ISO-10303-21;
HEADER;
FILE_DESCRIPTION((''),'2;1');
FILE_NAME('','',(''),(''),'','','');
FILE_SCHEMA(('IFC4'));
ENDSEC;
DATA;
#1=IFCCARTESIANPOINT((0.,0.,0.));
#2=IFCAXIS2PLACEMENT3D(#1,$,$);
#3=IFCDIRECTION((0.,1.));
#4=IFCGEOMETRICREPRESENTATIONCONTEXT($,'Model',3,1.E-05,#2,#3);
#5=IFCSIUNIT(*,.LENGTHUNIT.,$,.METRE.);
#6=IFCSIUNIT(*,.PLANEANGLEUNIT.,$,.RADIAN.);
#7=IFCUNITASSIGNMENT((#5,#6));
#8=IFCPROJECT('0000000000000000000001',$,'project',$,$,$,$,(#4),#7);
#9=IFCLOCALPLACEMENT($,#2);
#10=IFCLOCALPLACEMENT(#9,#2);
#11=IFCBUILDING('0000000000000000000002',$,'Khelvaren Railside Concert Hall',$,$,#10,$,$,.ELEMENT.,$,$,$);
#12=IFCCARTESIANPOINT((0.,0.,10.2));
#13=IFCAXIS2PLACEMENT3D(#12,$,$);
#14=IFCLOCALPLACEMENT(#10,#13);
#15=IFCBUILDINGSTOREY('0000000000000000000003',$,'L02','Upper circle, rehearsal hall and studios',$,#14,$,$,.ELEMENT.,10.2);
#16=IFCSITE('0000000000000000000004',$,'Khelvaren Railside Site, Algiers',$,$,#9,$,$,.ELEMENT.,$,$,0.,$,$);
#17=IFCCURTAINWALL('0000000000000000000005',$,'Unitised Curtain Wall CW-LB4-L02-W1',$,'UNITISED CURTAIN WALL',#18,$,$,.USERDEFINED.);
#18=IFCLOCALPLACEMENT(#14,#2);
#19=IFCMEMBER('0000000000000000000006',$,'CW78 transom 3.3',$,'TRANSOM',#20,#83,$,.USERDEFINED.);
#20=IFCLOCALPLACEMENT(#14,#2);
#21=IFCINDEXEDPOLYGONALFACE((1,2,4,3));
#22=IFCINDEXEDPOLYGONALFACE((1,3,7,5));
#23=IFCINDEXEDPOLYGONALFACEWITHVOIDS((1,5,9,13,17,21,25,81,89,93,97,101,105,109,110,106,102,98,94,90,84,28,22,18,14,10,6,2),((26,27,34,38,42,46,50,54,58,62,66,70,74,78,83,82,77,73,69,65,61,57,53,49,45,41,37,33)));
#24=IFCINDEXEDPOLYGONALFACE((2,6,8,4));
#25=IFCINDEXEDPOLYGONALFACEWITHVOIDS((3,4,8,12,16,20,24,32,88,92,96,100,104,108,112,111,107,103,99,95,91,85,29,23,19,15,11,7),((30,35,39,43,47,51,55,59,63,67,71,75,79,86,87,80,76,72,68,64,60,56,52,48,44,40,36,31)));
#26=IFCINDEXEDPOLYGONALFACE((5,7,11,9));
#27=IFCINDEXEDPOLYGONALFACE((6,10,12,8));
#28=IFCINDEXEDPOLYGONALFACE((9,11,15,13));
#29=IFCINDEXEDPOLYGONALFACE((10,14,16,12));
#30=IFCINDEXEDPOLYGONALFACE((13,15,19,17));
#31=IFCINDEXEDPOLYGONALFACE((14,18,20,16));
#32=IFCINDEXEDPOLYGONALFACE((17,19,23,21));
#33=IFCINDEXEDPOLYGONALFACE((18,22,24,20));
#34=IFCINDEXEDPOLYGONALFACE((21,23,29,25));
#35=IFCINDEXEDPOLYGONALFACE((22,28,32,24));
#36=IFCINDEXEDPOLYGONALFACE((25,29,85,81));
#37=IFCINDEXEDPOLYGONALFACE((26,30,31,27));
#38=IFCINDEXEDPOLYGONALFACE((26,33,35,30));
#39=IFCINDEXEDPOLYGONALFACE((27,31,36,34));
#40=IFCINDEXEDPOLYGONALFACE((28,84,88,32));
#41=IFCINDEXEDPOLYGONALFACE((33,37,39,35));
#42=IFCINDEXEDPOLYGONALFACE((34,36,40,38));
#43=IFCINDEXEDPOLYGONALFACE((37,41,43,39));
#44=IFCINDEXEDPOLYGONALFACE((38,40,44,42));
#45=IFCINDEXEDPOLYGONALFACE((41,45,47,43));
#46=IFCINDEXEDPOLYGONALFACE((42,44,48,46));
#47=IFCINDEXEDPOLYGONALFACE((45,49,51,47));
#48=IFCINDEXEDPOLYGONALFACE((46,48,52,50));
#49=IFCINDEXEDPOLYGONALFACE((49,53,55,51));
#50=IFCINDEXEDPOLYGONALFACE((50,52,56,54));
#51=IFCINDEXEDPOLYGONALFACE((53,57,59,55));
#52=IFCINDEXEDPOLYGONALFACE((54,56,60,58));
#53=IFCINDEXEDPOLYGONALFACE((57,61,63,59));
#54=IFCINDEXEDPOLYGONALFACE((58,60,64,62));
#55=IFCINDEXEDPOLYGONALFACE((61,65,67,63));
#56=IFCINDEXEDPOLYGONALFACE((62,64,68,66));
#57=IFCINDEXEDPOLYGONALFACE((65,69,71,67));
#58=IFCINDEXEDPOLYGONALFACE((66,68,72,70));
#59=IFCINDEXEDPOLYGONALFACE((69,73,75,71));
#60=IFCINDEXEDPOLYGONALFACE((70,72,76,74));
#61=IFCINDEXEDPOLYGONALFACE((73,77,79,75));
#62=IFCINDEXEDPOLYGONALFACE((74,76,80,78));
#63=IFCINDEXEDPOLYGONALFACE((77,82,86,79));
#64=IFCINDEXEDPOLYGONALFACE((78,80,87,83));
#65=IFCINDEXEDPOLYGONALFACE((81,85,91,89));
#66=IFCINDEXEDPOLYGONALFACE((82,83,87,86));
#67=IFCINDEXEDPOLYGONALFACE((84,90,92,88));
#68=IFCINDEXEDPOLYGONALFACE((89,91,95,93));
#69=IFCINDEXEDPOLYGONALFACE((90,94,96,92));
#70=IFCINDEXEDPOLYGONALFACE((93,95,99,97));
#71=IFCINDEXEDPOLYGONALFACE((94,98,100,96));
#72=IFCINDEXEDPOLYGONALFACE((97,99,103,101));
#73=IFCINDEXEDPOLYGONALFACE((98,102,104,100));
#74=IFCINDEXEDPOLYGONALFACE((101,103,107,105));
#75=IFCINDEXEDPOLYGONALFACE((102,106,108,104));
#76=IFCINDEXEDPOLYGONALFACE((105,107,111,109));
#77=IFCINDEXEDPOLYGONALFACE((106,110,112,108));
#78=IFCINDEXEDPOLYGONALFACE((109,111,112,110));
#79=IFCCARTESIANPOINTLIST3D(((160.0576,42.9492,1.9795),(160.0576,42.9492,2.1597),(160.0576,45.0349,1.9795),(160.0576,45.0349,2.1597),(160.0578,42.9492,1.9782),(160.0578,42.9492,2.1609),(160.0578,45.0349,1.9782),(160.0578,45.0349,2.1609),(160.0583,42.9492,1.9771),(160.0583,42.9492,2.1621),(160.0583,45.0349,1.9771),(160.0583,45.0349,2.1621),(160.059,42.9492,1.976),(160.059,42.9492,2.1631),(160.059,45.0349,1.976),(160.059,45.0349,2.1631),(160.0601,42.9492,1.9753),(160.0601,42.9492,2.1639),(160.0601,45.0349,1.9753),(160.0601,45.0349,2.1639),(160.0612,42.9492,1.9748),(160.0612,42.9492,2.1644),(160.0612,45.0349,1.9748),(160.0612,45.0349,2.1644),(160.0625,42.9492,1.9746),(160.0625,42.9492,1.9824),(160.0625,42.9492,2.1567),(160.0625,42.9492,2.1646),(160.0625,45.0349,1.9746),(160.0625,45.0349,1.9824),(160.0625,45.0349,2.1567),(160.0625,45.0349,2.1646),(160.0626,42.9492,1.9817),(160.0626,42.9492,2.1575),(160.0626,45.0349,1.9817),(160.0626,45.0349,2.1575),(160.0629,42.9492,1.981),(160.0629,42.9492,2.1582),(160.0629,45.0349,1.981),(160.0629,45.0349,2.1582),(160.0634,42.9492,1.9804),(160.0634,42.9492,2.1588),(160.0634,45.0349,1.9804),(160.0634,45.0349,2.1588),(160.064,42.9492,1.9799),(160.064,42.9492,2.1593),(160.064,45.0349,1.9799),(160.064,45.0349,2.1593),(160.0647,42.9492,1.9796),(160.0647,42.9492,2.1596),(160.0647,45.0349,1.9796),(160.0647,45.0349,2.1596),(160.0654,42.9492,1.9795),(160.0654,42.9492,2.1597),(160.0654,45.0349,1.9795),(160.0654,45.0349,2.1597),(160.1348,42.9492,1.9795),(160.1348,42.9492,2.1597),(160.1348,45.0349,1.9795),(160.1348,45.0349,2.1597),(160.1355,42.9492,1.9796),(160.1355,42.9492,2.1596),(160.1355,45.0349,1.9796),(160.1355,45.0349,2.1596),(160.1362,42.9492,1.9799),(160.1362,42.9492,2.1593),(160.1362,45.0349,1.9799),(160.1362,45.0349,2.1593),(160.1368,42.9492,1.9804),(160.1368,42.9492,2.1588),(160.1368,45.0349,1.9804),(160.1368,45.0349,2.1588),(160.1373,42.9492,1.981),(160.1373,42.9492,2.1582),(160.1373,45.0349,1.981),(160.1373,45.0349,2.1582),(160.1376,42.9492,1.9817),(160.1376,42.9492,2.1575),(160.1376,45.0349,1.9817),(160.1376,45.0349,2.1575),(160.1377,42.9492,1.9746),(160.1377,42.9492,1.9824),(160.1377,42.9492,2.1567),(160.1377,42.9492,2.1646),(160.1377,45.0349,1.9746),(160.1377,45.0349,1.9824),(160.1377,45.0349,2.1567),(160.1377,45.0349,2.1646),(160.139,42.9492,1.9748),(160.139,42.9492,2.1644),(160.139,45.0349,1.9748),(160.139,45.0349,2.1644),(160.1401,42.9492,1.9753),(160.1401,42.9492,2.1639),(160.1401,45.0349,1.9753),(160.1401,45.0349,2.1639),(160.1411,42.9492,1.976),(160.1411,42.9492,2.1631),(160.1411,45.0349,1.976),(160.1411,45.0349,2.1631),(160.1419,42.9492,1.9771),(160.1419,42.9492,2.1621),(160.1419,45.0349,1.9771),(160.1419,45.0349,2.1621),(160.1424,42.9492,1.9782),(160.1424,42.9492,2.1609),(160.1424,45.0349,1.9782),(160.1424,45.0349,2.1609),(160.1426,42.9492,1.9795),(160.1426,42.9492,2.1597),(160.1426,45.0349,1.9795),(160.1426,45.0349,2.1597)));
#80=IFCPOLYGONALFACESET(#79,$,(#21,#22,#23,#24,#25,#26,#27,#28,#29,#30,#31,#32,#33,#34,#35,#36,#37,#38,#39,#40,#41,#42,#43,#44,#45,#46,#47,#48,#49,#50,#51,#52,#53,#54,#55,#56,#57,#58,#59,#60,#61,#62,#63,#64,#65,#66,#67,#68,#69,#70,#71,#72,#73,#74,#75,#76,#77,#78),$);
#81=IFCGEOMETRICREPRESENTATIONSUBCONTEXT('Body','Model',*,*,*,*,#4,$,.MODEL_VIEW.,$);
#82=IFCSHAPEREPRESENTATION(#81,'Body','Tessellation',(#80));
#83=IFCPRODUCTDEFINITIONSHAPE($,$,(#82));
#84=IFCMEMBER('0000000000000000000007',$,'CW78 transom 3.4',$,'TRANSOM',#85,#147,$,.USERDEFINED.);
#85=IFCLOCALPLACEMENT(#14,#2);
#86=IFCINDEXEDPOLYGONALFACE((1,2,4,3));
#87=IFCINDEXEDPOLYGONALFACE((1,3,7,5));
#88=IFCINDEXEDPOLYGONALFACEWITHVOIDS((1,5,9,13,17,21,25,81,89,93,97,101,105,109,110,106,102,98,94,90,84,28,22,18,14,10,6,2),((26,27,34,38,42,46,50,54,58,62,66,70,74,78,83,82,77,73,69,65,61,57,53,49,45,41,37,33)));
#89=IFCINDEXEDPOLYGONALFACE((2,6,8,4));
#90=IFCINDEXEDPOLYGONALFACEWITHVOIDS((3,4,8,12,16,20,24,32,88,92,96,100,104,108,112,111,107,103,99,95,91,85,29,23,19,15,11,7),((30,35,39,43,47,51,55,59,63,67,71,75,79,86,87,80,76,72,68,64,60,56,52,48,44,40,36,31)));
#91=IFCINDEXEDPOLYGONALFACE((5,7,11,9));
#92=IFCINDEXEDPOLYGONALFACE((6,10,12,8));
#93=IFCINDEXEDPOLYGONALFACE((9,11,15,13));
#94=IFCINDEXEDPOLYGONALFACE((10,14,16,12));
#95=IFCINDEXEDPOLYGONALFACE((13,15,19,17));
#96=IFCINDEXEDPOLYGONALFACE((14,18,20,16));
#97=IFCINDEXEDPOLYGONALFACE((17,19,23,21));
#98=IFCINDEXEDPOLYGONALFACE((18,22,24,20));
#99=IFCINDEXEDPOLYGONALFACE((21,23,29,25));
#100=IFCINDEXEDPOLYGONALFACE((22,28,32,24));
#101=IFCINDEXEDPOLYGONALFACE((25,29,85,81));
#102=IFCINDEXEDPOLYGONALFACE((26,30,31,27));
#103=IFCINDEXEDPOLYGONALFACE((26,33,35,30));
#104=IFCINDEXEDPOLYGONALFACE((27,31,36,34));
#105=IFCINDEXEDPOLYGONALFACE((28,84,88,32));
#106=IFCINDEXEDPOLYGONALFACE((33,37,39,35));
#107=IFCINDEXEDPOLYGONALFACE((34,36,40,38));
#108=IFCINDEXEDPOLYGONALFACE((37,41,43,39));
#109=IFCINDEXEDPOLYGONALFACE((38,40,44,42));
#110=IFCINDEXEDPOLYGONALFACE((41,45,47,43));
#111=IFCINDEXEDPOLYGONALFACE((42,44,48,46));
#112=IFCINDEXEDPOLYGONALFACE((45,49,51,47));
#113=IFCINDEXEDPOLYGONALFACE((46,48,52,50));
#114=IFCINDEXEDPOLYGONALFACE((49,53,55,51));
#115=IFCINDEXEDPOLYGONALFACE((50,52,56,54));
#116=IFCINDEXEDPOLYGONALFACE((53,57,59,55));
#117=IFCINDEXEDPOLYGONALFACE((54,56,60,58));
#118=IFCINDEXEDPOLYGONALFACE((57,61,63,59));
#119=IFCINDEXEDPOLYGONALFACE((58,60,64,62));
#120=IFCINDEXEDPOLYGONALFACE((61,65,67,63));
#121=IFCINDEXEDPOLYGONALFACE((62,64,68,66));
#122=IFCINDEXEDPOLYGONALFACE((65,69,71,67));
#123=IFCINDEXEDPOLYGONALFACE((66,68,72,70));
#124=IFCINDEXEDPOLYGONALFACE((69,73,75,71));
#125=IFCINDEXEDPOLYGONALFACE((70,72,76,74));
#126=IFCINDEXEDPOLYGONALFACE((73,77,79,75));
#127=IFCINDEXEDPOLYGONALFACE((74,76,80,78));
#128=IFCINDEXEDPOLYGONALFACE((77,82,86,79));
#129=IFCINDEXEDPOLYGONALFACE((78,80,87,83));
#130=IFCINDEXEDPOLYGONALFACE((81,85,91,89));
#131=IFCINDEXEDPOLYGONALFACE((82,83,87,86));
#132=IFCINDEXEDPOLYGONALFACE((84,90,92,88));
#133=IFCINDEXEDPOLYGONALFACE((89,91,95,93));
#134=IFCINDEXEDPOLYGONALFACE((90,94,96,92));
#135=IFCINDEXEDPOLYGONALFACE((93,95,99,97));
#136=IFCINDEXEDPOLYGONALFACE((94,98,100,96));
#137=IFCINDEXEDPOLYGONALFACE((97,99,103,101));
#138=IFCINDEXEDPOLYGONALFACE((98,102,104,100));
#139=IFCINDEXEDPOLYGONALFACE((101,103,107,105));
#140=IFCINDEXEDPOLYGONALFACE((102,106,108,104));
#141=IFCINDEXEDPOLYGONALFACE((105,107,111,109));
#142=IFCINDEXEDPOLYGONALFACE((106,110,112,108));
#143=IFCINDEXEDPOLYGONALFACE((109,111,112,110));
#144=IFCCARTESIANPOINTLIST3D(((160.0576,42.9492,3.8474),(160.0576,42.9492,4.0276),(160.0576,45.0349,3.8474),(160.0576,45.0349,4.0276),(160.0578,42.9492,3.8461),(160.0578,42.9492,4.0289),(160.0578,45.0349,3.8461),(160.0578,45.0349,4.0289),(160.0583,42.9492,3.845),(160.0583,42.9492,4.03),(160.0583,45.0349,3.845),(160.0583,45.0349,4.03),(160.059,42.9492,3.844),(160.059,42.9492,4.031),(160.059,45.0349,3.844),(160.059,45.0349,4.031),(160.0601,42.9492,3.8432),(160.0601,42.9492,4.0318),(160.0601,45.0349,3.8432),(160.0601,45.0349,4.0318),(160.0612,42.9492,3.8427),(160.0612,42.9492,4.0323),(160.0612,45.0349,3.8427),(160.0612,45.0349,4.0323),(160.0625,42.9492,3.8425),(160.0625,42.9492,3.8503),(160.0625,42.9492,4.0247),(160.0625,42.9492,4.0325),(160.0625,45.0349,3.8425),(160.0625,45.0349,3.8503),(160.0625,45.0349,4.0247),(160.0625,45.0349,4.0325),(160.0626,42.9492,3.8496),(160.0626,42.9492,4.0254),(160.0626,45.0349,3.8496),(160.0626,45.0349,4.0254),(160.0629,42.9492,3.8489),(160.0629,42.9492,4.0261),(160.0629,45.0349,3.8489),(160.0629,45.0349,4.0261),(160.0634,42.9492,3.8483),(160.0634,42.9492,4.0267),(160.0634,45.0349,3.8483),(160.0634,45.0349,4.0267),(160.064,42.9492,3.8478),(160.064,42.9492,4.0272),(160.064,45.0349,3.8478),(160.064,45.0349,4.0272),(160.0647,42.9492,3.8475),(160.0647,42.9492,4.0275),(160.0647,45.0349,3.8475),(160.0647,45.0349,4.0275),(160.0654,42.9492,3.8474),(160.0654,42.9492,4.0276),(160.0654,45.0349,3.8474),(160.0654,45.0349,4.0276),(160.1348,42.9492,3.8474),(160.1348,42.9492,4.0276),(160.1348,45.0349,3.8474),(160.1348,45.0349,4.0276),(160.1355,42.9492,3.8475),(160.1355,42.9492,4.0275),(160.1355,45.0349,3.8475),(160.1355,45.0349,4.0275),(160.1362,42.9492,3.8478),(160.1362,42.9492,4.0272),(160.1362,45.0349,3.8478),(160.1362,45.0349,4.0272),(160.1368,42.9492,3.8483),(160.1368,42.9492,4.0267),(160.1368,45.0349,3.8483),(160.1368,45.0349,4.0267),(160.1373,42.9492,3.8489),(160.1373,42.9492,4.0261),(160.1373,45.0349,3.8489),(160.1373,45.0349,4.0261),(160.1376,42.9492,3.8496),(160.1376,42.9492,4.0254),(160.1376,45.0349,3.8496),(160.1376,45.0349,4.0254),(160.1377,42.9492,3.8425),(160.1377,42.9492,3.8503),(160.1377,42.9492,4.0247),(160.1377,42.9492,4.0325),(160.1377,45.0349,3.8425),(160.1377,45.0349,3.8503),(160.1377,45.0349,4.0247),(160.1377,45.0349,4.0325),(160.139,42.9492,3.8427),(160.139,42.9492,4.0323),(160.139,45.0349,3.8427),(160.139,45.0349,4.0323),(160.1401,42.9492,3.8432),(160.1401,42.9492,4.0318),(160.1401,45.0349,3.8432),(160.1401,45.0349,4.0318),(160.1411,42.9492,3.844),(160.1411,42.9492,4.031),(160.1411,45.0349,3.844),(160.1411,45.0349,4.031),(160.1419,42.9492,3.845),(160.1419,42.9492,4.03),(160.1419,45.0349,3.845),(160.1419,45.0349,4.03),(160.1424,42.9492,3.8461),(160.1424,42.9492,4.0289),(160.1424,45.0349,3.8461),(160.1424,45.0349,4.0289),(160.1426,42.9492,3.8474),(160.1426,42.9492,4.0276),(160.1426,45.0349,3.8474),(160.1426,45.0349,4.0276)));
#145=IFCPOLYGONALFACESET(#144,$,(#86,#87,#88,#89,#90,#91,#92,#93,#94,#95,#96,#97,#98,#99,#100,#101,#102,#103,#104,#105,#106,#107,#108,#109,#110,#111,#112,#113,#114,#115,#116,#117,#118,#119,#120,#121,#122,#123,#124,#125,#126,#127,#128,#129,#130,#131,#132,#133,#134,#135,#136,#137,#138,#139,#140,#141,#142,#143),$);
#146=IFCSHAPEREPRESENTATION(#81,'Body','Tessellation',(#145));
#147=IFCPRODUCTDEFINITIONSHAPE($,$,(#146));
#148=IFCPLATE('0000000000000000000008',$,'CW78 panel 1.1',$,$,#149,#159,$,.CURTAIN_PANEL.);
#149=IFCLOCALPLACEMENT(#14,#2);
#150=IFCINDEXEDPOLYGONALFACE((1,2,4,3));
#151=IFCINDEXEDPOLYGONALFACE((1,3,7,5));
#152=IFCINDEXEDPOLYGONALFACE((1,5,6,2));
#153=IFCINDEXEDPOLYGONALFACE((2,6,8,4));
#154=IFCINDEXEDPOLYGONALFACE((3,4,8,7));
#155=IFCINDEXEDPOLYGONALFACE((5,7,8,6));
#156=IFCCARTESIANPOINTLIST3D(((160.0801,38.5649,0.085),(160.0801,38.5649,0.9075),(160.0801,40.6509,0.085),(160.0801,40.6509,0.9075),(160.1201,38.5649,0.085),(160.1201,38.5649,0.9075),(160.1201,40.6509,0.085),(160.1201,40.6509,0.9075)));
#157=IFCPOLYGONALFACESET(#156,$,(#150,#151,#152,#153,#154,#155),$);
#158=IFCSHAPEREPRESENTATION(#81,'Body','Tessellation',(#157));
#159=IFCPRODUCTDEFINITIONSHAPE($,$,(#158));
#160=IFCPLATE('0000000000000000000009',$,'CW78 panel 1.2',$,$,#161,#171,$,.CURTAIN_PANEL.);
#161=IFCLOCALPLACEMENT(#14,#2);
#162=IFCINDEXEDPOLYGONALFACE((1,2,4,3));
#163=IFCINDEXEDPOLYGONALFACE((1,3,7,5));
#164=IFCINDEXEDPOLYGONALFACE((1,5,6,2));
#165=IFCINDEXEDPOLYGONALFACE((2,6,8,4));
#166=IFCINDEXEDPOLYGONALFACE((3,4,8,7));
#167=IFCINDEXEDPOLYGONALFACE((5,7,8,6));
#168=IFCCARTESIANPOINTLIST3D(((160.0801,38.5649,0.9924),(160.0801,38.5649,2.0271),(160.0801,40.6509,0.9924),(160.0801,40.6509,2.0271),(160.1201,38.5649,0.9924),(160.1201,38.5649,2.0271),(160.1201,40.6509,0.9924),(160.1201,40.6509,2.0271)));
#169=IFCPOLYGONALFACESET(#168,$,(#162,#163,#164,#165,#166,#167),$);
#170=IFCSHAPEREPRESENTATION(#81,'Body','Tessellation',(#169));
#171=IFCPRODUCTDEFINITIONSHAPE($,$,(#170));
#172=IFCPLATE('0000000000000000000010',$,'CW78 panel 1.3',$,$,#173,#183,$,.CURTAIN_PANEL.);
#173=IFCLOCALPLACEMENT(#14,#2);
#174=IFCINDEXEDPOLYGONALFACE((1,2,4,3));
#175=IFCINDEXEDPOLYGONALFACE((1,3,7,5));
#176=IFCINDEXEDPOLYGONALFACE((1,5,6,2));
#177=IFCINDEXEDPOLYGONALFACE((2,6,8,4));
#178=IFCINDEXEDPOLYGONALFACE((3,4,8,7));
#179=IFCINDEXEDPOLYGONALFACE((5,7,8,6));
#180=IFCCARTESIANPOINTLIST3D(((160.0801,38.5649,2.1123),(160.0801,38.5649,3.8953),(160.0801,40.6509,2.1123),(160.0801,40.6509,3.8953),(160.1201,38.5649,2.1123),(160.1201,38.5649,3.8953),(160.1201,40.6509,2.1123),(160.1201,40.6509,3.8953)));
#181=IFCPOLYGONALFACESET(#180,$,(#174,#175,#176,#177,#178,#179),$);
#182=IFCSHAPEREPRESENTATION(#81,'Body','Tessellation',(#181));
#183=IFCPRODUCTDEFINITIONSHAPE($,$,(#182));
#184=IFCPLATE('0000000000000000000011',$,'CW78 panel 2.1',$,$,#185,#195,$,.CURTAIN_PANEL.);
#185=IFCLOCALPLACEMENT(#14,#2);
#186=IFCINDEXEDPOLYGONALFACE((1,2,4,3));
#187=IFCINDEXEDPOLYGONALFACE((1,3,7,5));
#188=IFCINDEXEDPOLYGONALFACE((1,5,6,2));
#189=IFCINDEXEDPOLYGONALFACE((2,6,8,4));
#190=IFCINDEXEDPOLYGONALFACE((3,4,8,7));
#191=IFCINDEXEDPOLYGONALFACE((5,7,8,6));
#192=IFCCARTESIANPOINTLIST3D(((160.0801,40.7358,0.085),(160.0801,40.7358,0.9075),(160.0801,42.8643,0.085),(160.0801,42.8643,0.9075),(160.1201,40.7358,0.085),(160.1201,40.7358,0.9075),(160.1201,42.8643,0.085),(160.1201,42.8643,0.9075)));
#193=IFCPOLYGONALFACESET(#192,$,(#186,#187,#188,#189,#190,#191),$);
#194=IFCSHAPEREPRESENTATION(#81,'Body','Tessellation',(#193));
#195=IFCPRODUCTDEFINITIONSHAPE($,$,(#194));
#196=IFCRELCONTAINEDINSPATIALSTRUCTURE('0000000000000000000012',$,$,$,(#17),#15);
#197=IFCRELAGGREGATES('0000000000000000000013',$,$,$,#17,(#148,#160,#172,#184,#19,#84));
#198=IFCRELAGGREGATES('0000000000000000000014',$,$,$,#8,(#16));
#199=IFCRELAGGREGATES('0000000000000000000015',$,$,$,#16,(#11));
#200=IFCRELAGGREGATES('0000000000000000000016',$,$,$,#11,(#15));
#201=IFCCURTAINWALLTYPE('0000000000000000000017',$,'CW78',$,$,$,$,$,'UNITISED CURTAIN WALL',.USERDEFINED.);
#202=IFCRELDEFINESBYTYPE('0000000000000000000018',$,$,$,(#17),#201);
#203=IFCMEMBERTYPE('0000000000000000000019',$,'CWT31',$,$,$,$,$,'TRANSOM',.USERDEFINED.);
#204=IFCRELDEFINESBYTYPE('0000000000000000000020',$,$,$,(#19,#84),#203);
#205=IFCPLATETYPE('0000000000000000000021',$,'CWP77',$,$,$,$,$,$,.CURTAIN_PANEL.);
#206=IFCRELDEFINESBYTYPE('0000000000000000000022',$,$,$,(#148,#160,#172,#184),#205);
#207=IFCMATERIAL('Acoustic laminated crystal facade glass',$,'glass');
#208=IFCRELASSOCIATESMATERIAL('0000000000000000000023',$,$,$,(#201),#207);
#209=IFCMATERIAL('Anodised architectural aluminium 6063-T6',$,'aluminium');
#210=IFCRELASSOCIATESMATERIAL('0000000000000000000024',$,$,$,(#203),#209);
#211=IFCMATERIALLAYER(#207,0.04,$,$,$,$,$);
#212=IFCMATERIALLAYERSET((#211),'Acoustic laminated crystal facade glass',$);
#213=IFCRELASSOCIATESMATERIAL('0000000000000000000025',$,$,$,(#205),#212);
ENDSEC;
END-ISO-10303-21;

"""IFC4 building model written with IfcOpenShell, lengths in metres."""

from ifc_helpers import new_model, si_unit, direction, frame, origin, origin_2d, place, context, subcontext, project, spatial, rectangle, hollow_rectangle, extrude, material, layer, layer_set, material_profile, profile_set, type_object, element, aggregate, save


model = new_model("IFC4")

# Units and contexts
model_context = context("Model", 3, precision=1e-05, world=origin(), true_north=direction((0.0, 1.0)))
body_context = subcontext(model_context, "Body", "Model", "MODEL_VIEW")
ifc_project = project(units=[si_unit("LENGTHUNIT", "METRE"), si_unit("PLANEANGLEUNIT", "RADIAN")], contexts=[model_context])

# Site, building, storey
site_placement = place(None, origin())
site = spatial("IfcSite", under=ifc_project, at=site_placement, Name="Khelvaren Railside Site, Algiers", CompositionType="ELEMENT", RefElevation=0.0)
building_placement = place(site_placement, origin())
building = spatial("IfcBuilding", under=site, at=building_placement, Name="Khelvaren Railside Concert Hall", CompositionType="ELEMENT")
storey_placement = place(building_placement, frame((0.0, 0.0, 10.2)))
storey = spatial("IfcBuildingStorey", under=building, at=storey_placement, Name="L02", Description="Upper circle, rehearsal hall and studios", CompositionType="ELEMENT", Elevation=10.2)

# Curtain wall, members, plates
ifc_material_1 = material(Name="Acoustic laminated crystal facade glass", Category="glass")
curtain_wall_type = type_object("IfcCurtainWallType", Name="CW78", ElementType="UNITISED CURTAIN WALL", PredefinedType="USERDEFINED", material=ifc_material_1)
curtain_wall_placement = place(storey_placement, origin())
curtain_wall = element("IfcCurtainWall", 1, at=curtain_wall_placement, inside=storey, type_object=curtain_wall_type, Name="Unitised Curtain Wall CW-LB4-L02-W1", ObjectType="UNITISED CURTAIN WALL", PredefinedType="USERDEFINED")
ifc_material_2 = material(Name="Anodised architectural aluminium 6063-T6", Category="aluminium")
ifc_material_profile_1 = material_profile(ifc_material_2, hollow_rectangle(XDim=0.085, YDim=0.1899, WallThickness=0.0049, InnerFilletRadius=0.0029, OuterFilletRadius=0.0049, at=origin_2d()), Name="CWT 85x190x5")
ifc_profile_set_1 = profile_set([ifc_material_profile_1], Name="Anodised architectural aluminium 6063-T6")
member_type_1 = type_object("IfcMemberType", Name="CWT31", ElementType="TRANSOM", PredefinedType="USERDEFINED", material=ifc_profile_set_1)
member_1_placement = place(storey_placement, frame((160.1001, 42.9492, 2.0696), z_axis=(0.0, 1.0, 0.0), x_axis=(-1.0, 0.0, 0.0)))
member_1 = element("IfcMember", 2, at=member_1_placement, type_object=member_type_1, Name="CW78 transom 3.3", ObjectType="TRANSOM", PredefinedType="USERDEFINED", context=body_context, shape_type="SweptSolid", body=[
    extrude(hollow_rectangle(XDim=0.085, YDim=0.1899, WallThickness=0.0049, InnerFilletRadius=0.0029, OuterFilletRadius=0.0049, at=origin_2d()), origin(), (0.0, 0.0, 1.0), 2.0857),
])
member_2_placement = place(storey_placement, frame((160.1001, 42.9492, 3.9375), z_axis=(0.0, 1.0, 0.0), x_axis=(-1.0, 0.0, 0.0)))
member_2 = element("IfcMember", 3, at=member_2_placement, type_object=member_type_1, Name="CW78 transom 3.4", ObjectType="TRANSOM", PredefinedType="USERDEFINED", context=body_context, shape_type="SweptSolid", body=[
    extrude(hollow_rectangle(XDim=0.085, YDim=0.1899, WallThickness=0.0049, InnerFilletRadius=0.0029, OuterFilletRadius=0.0049, at=origin_2d()), origin(), (0.0, 0.0, 1.0), 2.0857),
])
ifc_layer = layer(ifc_material_1, 0.04)
ifc_layer_set = layer_set([ifc_layer], Name="Acoustic laminated crystal facade glass")
plate_type = type_object("IfcPlateType", Name="CWP77", PredefinedType="CURTAIN_PANEL", material=ifc_layer_set)
plate_1_placement = place(storey_placement, frame((160.1001, 39.6079, 0.085), z_axis=(0.0, 0.0, 1.0), x_axis=(0.0, 1.0, 0.0)))
plate_1 = element("IfcPlate", 4, at=plate_1_placement, type_object=plate_type, Name="CW78 panel 1.1", PredefinedType="CURTAIN_PANEL", context=body_context, shape_type="SweptSolid", body=[
    extrude(rectangle(XDim=2.0859, YDim=0.04, at=origin_2d()), origin(), (0.0, 0.0, 1.0), 0.8225),
])
plate_2_placement = place(storey_placement, frame((160.1001, 39.6079, 0.9924), z_axis=(0.0, 0.0, 1.0), x_axis=(0.0, 1.0, 0.0)))
plate_2 = element("IfcPlate", 5, at=plate_2_placement, type_object=plate_type, Name="CW78 panel 1.2", PredefinedType="CURTAIN_PANEL", context=body_context, shape_type="SweptSolid", body=[
    extrude(rectangle(XDim=2.0859, YDim=0.04, at=origin_2d()), origin(), (0.0, 0.0, 1.0), 1.0347),
])
plate_3_placement = place(storey_placement, frame((160.1001, 39.6079, 2.1123), z_axis=(0.0, 0.0, 1.0), x_axis=(0.0, 1.0, 0.0)))
plate_3 = element("IfcPlate", 6, at=plate_3_placement, type_object=plate_type, Name="CW78 panel 1.3", PredefinedType="CURTAIN_PANEL", context=body_context, shape_type="SweptSolid", body=[
    extrude(rectangle(XDim=2.0859, YDim=0.04, at=origin_2d()), origin(), (0.0, 0.0, 1.0), 1.783),
])
plate_4_placement = place(storey_placement, frame((160.1001, 41.8, 0.085), z_axis=(0.0, 0.0, 1.0), x_axis=(0.0, 1.0, 0.0)))
plate_4 = element("IfcPlate", 7, at=plate_4_placement, type_object=plate_type, Name="CW78 panel 2.1", PredefinedType="CURTAIN_PANEL", context=body_context, shape_type="SweptSolid", body=[
    extrude(rectangle(XDim=2.1284, YDim=0.04, at=origin_2d()), origin(), (0.0, 0.0, 1.0), 0.8225),
])
aggregate(curtain_wall, [plate_1, plate_2, plate_3, plate_4, member_1, member_2])

save(model, "model.ifc")
